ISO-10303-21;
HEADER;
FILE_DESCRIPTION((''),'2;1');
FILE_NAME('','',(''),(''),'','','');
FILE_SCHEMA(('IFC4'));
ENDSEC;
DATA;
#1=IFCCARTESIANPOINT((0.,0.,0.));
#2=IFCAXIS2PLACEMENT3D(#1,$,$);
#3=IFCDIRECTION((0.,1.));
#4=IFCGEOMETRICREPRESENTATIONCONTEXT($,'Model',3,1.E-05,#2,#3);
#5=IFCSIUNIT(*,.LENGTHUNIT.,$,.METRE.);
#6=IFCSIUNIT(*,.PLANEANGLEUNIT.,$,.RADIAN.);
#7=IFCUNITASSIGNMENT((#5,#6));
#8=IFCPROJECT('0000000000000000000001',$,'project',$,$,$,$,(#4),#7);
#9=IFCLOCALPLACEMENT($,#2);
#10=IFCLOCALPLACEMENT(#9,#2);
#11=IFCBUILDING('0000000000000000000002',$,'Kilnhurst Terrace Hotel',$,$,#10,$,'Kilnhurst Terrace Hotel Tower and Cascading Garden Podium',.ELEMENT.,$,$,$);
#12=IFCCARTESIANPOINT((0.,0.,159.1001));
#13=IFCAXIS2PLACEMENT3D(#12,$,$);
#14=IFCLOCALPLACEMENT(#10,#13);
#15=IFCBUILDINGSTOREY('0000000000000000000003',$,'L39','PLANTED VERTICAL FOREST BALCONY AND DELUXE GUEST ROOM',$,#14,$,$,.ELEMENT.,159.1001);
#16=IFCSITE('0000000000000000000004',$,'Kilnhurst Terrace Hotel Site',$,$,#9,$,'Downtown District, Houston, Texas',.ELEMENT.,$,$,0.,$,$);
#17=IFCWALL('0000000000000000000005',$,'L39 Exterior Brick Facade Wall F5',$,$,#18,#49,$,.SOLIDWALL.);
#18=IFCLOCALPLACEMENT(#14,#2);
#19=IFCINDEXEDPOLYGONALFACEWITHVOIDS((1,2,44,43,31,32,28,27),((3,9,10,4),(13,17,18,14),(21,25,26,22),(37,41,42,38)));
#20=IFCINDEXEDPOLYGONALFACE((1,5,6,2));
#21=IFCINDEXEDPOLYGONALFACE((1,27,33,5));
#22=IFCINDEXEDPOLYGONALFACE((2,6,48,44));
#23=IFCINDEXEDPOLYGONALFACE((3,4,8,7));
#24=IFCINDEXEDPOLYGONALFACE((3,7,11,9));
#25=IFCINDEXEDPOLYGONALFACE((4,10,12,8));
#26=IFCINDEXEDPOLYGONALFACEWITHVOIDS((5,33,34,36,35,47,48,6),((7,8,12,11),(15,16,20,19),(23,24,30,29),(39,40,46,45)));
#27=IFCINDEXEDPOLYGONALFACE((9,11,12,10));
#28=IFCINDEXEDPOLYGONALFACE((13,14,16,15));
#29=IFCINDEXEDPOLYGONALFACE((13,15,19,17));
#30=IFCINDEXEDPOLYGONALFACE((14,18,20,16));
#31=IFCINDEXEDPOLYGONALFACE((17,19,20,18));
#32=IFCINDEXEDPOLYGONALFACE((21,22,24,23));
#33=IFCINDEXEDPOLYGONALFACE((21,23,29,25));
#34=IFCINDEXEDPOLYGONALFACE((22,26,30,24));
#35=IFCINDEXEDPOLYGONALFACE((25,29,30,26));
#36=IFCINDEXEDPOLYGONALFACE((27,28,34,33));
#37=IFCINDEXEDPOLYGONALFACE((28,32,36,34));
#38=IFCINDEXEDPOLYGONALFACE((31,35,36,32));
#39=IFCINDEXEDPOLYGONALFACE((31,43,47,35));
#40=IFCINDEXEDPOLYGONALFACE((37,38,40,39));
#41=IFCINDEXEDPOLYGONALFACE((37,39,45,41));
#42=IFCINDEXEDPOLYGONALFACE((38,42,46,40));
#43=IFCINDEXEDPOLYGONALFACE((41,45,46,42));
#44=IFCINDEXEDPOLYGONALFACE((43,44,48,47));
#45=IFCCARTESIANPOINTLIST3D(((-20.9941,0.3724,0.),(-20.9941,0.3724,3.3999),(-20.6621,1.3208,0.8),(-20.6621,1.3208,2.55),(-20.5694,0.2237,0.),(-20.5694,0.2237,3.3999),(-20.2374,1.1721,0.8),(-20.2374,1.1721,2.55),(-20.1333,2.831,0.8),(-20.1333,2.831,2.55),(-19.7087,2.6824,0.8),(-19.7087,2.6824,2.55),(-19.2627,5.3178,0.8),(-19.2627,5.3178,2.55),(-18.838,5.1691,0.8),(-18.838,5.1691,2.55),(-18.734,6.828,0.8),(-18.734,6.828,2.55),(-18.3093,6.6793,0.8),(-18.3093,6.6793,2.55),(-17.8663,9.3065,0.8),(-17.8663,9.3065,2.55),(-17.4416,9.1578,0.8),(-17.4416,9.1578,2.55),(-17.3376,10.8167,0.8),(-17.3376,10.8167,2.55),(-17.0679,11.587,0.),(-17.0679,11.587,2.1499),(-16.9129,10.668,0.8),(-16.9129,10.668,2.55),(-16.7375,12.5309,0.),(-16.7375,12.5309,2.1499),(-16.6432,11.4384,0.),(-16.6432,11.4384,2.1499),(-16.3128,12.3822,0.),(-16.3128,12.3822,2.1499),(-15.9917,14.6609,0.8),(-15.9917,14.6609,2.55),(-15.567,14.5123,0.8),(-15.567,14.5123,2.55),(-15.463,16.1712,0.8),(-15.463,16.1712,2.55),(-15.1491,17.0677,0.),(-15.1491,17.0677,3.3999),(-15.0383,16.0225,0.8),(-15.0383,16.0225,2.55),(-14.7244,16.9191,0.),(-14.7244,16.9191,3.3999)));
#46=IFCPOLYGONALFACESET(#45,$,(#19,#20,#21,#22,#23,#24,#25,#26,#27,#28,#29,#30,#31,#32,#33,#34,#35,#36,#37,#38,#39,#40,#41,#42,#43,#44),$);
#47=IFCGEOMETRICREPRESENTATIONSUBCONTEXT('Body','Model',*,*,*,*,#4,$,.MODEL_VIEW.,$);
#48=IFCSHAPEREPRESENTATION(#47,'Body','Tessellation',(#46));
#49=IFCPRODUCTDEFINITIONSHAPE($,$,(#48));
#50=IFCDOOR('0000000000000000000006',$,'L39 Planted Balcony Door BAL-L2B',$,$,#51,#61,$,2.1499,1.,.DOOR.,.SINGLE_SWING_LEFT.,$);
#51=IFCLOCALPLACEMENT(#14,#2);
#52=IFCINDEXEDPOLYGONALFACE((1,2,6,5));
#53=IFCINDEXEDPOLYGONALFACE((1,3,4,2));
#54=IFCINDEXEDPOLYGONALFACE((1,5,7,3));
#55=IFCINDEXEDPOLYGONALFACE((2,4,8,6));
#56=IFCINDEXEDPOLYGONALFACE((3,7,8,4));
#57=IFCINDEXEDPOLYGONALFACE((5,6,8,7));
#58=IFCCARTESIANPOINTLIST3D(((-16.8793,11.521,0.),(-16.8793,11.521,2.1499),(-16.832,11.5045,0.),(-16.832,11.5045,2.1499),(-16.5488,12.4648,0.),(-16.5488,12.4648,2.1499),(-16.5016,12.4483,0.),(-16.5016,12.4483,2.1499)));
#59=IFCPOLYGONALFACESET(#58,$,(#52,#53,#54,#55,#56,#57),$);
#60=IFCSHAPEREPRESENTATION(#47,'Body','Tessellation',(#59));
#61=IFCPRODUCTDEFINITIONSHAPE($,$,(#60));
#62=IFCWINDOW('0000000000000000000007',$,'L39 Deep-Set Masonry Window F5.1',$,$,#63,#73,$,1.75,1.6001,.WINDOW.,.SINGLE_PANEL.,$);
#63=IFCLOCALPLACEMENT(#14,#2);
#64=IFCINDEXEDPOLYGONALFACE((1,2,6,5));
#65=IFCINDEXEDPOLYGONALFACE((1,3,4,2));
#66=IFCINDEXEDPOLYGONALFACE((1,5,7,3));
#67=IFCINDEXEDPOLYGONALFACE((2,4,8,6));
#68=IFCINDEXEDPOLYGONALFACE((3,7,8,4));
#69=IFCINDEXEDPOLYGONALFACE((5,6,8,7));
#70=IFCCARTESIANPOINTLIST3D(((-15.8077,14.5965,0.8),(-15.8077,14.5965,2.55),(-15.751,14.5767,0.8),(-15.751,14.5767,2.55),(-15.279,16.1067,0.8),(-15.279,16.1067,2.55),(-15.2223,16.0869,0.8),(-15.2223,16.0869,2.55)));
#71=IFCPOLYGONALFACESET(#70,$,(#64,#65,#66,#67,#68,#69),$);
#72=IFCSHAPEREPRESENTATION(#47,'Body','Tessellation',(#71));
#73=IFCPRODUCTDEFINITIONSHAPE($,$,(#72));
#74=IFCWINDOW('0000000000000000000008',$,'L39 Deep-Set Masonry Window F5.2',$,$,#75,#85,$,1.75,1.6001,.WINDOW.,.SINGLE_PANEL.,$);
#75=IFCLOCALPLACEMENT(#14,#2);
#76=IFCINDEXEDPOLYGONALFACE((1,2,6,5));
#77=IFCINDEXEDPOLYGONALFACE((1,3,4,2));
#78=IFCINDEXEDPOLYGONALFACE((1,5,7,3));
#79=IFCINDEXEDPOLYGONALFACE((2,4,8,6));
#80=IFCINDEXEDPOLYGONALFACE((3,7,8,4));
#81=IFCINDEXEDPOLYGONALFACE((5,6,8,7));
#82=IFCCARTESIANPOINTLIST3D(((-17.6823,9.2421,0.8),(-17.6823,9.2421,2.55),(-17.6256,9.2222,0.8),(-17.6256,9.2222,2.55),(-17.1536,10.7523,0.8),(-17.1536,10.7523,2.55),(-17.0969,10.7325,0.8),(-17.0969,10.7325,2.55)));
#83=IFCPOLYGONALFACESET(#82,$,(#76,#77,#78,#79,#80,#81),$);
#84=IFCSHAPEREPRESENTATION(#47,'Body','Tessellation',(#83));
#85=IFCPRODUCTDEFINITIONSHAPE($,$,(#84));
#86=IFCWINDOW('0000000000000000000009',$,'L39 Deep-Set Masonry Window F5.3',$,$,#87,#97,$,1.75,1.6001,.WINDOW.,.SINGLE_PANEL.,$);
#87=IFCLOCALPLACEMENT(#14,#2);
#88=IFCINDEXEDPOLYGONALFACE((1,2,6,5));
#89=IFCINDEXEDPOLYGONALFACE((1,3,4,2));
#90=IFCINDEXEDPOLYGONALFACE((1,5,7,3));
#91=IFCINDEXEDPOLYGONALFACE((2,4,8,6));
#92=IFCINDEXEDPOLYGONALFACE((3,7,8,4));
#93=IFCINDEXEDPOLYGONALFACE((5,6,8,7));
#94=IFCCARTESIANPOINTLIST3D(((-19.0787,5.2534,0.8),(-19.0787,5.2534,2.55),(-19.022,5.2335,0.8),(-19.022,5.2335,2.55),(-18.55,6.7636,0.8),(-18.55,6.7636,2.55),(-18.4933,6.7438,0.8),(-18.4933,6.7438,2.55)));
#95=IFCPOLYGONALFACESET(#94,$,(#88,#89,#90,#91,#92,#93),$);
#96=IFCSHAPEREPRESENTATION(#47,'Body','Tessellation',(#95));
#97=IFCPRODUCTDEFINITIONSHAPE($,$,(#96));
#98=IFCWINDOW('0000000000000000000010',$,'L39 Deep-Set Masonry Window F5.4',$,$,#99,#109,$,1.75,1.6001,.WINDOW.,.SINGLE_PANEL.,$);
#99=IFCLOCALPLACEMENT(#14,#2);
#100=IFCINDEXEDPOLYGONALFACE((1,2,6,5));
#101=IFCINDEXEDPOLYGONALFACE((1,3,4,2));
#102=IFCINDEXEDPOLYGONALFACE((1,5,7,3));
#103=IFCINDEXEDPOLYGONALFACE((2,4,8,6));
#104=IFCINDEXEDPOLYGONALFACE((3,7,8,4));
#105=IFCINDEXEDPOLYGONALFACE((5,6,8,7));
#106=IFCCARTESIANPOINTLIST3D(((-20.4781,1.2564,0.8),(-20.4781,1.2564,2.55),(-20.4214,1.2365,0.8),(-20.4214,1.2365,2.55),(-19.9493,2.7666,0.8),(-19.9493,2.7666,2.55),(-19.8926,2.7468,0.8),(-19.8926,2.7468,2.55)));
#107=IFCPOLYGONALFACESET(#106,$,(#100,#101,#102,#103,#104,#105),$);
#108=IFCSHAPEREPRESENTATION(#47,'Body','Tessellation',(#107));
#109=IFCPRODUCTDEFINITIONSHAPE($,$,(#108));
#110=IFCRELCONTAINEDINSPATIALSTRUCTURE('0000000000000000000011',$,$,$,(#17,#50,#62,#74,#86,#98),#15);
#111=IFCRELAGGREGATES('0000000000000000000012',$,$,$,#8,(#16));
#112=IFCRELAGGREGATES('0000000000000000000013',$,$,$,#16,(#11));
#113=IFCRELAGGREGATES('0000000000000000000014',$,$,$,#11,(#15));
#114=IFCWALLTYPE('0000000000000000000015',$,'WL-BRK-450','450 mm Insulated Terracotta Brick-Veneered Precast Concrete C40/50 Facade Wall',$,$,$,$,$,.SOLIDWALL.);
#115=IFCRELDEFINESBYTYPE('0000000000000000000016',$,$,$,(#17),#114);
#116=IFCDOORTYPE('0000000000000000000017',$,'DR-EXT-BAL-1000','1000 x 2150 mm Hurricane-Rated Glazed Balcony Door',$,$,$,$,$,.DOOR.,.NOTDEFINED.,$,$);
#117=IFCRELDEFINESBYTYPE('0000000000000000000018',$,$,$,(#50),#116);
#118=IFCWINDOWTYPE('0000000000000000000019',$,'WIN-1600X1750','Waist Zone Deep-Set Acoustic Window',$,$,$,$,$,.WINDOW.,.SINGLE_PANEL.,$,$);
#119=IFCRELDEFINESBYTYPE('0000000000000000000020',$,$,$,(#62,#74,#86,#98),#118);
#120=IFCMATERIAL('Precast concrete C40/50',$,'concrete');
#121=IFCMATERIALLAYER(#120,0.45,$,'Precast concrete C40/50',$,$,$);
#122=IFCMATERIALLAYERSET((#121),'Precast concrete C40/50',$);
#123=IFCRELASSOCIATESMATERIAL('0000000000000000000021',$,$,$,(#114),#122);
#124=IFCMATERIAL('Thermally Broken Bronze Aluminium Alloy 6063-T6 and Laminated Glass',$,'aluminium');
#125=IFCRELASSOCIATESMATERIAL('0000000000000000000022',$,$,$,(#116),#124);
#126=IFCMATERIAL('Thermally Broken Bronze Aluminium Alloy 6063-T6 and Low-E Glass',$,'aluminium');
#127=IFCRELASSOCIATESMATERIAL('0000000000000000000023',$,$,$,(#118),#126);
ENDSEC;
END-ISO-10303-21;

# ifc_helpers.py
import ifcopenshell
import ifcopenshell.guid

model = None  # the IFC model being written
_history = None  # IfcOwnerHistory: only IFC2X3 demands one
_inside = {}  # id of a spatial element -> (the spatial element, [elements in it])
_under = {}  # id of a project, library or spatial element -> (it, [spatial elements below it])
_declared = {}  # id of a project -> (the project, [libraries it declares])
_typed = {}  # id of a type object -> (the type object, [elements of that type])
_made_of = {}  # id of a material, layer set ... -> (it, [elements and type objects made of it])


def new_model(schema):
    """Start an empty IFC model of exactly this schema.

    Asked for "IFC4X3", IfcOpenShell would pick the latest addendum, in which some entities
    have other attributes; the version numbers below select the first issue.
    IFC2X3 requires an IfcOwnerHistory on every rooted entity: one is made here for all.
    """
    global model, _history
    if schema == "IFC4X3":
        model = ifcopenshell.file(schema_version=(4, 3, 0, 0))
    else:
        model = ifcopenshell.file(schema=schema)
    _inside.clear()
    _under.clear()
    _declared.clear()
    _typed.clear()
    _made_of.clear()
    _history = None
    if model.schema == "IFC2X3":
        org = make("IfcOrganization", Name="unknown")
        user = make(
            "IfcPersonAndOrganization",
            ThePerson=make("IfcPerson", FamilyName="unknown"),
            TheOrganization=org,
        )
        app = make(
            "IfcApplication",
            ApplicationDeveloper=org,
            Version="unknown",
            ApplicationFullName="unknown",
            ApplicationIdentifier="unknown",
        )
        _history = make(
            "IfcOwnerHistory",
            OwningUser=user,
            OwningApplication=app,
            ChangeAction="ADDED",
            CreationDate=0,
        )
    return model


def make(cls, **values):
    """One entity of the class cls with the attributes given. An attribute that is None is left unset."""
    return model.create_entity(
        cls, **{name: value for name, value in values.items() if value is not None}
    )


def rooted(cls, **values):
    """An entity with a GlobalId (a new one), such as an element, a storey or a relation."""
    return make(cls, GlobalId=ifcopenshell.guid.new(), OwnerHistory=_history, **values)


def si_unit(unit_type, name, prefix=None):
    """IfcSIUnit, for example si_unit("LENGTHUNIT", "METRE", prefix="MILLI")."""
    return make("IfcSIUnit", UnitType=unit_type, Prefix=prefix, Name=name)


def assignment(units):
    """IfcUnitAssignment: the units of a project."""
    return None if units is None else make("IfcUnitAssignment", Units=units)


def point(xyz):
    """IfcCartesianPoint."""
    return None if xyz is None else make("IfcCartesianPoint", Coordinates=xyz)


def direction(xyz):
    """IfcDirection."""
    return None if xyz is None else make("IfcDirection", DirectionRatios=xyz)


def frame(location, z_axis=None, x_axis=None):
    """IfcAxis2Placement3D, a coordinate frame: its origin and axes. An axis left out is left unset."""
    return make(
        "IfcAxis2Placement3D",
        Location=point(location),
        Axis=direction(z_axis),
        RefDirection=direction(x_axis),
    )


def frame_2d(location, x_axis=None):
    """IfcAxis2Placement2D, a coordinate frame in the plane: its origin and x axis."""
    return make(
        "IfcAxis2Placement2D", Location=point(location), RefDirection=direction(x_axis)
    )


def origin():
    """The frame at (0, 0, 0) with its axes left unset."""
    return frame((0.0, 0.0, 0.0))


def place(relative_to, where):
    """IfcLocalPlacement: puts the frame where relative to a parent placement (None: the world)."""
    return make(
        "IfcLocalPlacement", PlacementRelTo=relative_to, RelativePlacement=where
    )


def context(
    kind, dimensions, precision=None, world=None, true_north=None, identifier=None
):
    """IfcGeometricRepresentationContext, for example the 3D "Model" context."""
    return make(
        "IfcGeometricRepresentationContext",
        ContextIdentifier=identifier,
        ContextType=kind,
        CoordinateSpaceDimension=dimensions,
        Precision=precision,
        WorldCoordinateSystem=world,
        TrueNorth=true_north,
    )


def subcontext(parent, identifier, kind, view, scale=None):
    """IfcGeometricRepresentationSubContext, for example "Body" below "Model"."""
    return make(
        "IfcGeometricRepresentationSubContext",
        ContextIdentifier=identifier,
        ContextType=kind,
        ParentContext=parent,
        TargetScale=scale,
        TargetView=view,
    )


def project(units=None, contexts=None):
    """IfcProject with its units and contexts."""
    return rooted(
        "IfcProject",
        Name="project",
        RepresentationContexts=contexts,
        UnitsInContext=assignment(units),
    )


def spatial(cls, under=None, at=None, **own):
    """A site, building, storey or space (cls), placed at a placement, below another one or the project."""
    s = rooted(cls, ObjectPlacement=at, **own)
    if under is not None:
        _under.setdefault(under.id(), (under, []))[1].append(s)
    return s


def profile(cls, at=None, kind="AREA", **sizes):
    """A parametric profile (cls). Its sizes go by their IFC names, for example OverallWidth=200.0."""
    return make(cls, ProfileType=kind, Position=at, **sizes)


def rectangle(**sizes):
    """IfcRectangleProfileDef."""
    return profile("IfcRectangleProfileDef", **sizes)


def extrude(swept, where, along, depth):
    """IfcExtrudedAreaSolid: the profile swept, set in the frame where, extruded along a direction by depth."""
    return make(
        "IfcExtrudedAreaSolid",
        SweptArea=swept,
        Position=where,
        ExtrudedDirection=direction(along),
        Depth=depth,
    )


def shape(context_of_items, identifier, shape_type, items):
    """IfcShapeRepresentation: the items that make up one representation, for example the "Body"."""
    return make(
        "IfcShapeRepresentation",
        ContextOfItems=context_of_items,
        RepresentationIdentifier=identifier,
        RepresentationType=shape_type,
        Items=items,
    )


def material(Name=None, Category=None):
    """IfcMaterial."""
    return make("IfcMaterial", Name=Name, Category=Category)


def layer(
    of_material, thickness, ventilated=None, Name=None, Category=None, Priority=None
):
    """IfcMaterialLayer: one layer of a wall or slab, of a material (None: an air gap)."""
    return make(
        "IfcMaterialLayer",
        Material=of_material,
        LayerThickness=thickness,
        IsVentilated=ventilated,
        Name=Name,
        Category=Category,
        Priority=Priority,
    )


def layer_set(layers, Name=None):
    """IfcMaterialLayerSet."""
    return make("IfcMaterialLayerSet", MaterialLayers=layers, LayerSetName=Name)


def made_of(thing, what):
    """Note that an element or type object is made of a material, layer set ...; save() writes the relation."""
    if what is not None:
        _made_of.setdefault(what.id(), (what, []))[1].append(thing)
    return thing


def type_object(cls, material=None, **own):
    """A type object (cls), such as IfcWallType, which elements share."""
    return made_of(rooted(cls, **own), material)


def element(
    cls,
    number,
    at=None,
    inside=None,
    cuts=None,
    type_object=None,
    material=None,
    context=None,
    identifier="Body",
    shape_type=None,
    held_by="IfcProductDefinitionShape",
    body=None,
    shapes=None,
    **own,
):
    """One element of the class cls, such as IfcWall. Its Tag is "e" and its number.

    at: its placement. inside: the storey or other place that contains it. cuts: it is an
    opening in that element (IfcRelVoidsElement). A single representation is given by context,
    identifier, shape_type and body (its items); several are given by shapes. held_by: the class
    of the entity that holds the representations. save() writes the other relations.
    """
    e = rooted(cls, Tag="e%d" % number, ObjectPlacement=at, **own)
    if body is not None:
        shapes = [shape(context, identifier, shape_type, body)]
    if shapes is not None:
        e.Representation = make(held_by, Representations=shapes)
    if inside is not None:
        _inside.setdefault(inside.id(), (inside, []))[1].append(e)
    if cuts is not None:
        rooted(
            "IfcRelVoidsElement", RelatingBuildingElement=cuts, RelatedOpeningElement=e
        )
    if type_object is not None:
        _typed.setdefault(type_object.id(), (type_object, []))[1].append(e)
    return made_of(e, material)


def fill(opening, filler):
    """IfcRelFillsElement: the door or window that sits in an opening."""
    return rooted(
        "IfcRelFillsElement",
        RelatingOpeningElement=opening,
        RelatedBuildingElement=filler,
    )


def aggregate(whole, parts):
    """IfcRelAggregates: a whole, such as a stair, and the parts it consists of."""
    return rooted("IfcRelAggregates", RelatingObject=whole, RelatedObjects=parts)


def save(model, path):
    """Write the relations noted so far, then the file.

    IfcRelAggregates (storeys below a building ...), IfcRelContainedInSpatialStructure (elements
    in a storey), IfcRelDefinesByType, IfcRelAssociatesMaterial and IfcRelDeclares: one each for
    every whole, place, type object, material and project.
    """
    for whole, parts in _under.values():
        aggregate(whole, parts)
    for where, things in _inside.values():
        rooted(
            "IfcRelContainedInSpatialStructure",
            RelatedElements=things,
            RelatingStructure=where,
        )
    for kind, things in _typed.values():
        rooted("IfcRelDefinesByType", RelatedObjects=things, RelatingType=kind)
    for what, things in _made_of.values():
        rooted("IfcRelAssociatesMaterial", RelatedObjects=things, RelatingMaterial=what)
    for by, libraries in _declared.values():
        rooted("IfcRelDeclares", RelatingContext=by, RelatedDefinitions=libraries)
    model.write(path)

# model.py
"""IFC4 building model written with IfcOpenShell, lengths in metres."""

from ifc_helpers import new_model, si_unit, direction, frame, frame_2d, origin, place, context, subcontext, project, spatial, rectangle, extrude, material, layer, layer_set, type_object, element, fill, save


model = new_model("IFC4")

# Units and contexts
model_context = context("Model", 3, precision=1e-05, world=origin(), true_north=direction((0.0, 1.0)))
body_context = subcontext(model_context, "Body", "Model", "MODEL_VIEW")
ifc_project = project(units=[si_unit("LENGTHUNIT", "METRE"), si_unit("PLANEANGLEUNIT", "RADIAN")], contexts=[model_context])

# Site, building, storey
site_placement = place(None, origin())
site = spatial("IfcSite", under=ifc_project, at=site_placement, Name="Kilnhurst Terrace Hotel Site", LongName="Downtown District, Houston, Texas", CompositionType="ELEMENT", RefElevation=0.0)
building_placement = place(site_placement, origin())
building = spatial("IfcBuilding", under=site, at=building_placement, Name="Kilnhurst Terrace Hotel", LongName="Kilnhurst Terrace Hotel Tower and Cascading Garden Podium", CompositionType="ELEMENT")
storey_placement = place(building_placement, frame((0.0, 0.0, 159.1001)))
storey = spatial("IfcBuildingStorey", under=building, at=storey_placement, Name="L39", Description="PLANTED VERTICAL FOREST BALCONY AND DELUXE GUEST ROOM", CompositionType="ELEMENT", Elevation=159.1001)

# Shared definitions
ifc_material_1 = material(Name="Precast concrete C40/50", Category="concrete")
ifc_layer_1 = layer(ifc_material_1, 0.45, Name="Precast concrete C40/50")
ifc_layer_set_1 = layer_set([ifc_layer_1], Name="Precast concrete C40/50")
wall_type_1 = type_object("IfcWallType", Name="WL-BRK-450", Description="450 mm Insulated Terracotta Brick-Veneered Precast Concrete C40/50 Facade Wall", PredefinedType="SOLIDWALL", material=ifc_layer_set_1)

# Wall, openings, door, windows
wall_1_placement = place(storey_placement, frame((-14.9368, 16.9934, 0.0), z_axis=(0.0, 0.0, 1.0), x_axis=(-0.330432, -0.94383, 0.0)))
wall_1 = element("IfcWall", 1, at=wall_1_placement, inside=storey, type_object=wall_type_1, Name="L39 Exterior Brick Facade Wall F5", PredefinedType="SOLIDWALL", context=body_context, shape_type="SweptSolid", body=[
    extrude(rectangle(XDim=17.689, YDim=0.45, at=frame_2d((8.8445, 0.0))), origin(), (0.0, 0.0, 1.0), 3.3999),
])
opening_1_placement = place(wall_1_placement, frame((4.8069, 0.0, 0.0)))
opening_1 = element("IfcOpeningElement", 2, at=opening_1_placement, cuts=wall_1, PredefinedType="OPENING", context=body_context, shape_type="SweptSolid", body=[
    extrude(rectangle(XDim=1.0, YDim=2.1499, at=frame_2d((0.5, 1.075))), frame((0.0, 0.2349, 0.0), z_axis=(0.0, -1.0, 0.0), x_axis=(1.0, 0.0, 0.0)), (0.0, 0.0, 1.0), 0.47),
])
opening_2_placement = place(wall_1_placement, frame((0.95, 0.0, 0.8)))
opening_2 = element("IfcOpeningElement", 3, at=opening_2_placement, cuts=wall_1, PredefinedType="OPENING", context=body_context, shape_type="SweptSolid", body=[
    extrude(rectangle(XDim=1.6001, YDim=1.75, at=frame_2d((0.8, 0.875))), frame((0.0, 0.2349, 0.0), z_axis=(0.0, -1.0, 0.0), x_axis=(1.0, 0.0, 0.0)), (0.0, 0.0, 1.0), 0.47),
])
opening_3_placement = place(wall_1_placement, frame((6.623, 0.0, 0.8)))
opening_3 = element("IfcOpeningElement", 4, at=opening_3_placement, cuts=wall_1, PredefinedType="OPENING", context=body_context, shape_type="SweptSolid", body=[
    extrude(rectangle(XDim=1.6001, YDim=1.75, at=frame_2d((0.8, 0.875))), frame((0.0, 0.2349, 0.0), z_axis=(0.0, -1.0, 0.0), x_axis=(1.0, 0.0, 0.0)), (0.0, 0.0, 1.0), 0.47),
])
opening_4_placement = place(wall_1_placement, frame((10.8491, 0.0, 0.8)))
opening_4 = element("IfcOpeningElement", 5, at=opening_4_placement, cuts=wall_1, PredefinedType="OPENING", context=body_context, shape_type="SweptSolid", body=[
    extrude(rectangle(XDim=1.6001, YDim=1.75, at=frame_2d((0.8, 0.875))), frame((0.0, 0.2349, 0.0), z_axis=(0.0, -1.0, 0.0), x_axis=(1.0, 0.0, 0.0)), (0.0, 0.0, 1.0), 0.47),
])
opening_5_placement = place(wall_1_placement, frame((15.084, 0.0, 0.8)))
opening_5 = element("IfcOpeningElement", 6, at=opening_5_placement, cuts=wall_1, PredefinedType="OPENING", context=body_context, shape_type="SweptSolid", body=[
    extrude(rectangle(XDim=1.6001, YDim=1.75, at=frame_2d((0.8, 0.875))), frame((0.0, 0.2349, 0.0), z_axis=(0.0, -1.0, 0.0), x_axis=(1.0, 0.0, 0.0)), (0.0, 0.0, 1.0), 0.47),
])
ifc_material_2 = material(Name="Thermally Broken Bronze Aluminium Alloy 6063-T6 and Laminated Glass", Category="aluminium")
door_type_1 = type_object("IfcDoorType", Name="DR-EXT-BAL-1000", Description="1000 x 2150 mm Hurricane-Rated Glazed Balcony Door", OperationType="NOTDEFINED", PredefinedType="DOOR", material=ifc_material_2)
door_1_placement = place(opening_1_placement, origin())
door_1 = element("IfcDoor", 7, at=door_1_placement, inside=storey, type_object=door_type_1, Name="L39 Planted Balcony Door BAL-L2B", OperationType="SINGLE_SWING_LEFT", OverallHeight=2.1499, OverallWidth=1.0, PredefinedType="DOOR", context=body_context, shape_type="SweptSolid", body=[
    extrude(rectangle(XDim=1.0, YDim=2.1499, at=frame_2d((0.5, 1.075))), frame((0.0, 0.0249, 0.0), z_axis=(0.0, -1.0, 0.0), x_axis=(1.0, 0.0, 0.0)), (0.0, 0.0, 1.0), 0.05),
])
fill(opening_1, door_1)
ifc_material_3 = material(Name="Thermally Broken Bronze Aluminium Alloy 6063-T6 and Low-E Glass", Category="aluminium")
window_type = type_object("IfcWindowType", Name="WIN-1600X1750", Description="Waist Zone Deep-Set Acoustic Window", PartitioningType="SINGLE_PANEL", PredefinedType="WINDOW", material=ifc_material_3)
window_1_placement = place(opening_2_placement, origin())
window_1 = element("IfcWindow", 8, at=window_1_placement, inside=storey, type_object=window_type, Name="L39 Deep-Set Masonry Window F5.1", OverallHeight=1.75, OverallWidth=1.6001, PartitioningType="SINGLE_PANEL", PredefinedType="WINDOW", context=body_context, shape_type="SweptSolid", body=[
    extrude(rectangle(XDim=1.6001, YDim=1.75, at=frame_2d((0.8, 0.875))), frame((0.0, 0.03, 0.0), z_axis=(0.0, -1.0, 0.0), x_axis=(1.0, 0.0, 0.0)), (0.0, 0.0, 1.0), 0.0601),
])
fill(opening_2, window_1)
window_2_placement = place(opening_3_placement, origin())
window_2 = element("IfcWindow", 9, at=window_2_placement, inside=storey, type_object=window_type, Name="L39 Deep-Set Masonry Window F5.2", OverallHeight=1.75, OverallWidth=1.6001, PartitioningType="SINGLE_PANEL", PredefinedType="WINDOW", context=body_context, shape_type="SweptSolid", body=[
    extrude(rectangle(XDim=1.6001, YDim=1.75, at=frame_2d((0.8, 0.875))), frame((0.0, 0.03, 0.0), z_axis=(0.0, -1.0, 0.0), x_axis=(1.0, 0.0, 0.0)), (0.0, 0.0, 1.0), 0.0601),
])
fill(opening_3, window_2)
window_3_placement = place(opening_4_placement, origin())
window_3 = element("IfcWindow", 10, at=window_3_placement, inside=storey, type_object=window_type, Name="L39 Deep-Set Masonry Window F5.3", OverallHeight=1.75, OverallWidth=1.6001, PartitioningType="SINGLE_PANEL", PredefinedType="WINDOW", context=body_context, shape_type="SweptSolid", body=[
    extrude(rectangle(XDim=1.6001, YDim=1.75, at=frame_2d((0.8, 0.875))), frame((0.0, 0.03, 0.0), z_axis=(0.0, -1.0, 0.0), x_axis=(1.0, 0.0, 0.0)), (0.0, 0.0, 1.0), 0.0601),
])
fill(opening_4, window_3)
window_4_placement = place(opening_5_placement, origin())
window_4 = element("IfcWindow", 11, at=window_4_placement, inside=storey, type_object=window_type, Name="L39 Deep-Set Masonry Window F5.4", OverallHeight=1.75, OverallWidth=1.6001, PartitioningType="SINGLE_PANEL", PredefinedType="WINDOW", context=body_context, shape_type="SweptSolid", body=[
    extrude(rectangle(XDim=1.6001, YDim=1.75, at=frame_2d((0.8, 0.875))), frame((0.0, 0.03, 0.0), z_axis=(0.0, -1.0, 0.0), x_axis=(1.0, 0.0, 0.0)), (0.0, 0.0, 1.0), 0.0601),
])
fill(opening_5, window_4)

save(model, "model.ifc")
